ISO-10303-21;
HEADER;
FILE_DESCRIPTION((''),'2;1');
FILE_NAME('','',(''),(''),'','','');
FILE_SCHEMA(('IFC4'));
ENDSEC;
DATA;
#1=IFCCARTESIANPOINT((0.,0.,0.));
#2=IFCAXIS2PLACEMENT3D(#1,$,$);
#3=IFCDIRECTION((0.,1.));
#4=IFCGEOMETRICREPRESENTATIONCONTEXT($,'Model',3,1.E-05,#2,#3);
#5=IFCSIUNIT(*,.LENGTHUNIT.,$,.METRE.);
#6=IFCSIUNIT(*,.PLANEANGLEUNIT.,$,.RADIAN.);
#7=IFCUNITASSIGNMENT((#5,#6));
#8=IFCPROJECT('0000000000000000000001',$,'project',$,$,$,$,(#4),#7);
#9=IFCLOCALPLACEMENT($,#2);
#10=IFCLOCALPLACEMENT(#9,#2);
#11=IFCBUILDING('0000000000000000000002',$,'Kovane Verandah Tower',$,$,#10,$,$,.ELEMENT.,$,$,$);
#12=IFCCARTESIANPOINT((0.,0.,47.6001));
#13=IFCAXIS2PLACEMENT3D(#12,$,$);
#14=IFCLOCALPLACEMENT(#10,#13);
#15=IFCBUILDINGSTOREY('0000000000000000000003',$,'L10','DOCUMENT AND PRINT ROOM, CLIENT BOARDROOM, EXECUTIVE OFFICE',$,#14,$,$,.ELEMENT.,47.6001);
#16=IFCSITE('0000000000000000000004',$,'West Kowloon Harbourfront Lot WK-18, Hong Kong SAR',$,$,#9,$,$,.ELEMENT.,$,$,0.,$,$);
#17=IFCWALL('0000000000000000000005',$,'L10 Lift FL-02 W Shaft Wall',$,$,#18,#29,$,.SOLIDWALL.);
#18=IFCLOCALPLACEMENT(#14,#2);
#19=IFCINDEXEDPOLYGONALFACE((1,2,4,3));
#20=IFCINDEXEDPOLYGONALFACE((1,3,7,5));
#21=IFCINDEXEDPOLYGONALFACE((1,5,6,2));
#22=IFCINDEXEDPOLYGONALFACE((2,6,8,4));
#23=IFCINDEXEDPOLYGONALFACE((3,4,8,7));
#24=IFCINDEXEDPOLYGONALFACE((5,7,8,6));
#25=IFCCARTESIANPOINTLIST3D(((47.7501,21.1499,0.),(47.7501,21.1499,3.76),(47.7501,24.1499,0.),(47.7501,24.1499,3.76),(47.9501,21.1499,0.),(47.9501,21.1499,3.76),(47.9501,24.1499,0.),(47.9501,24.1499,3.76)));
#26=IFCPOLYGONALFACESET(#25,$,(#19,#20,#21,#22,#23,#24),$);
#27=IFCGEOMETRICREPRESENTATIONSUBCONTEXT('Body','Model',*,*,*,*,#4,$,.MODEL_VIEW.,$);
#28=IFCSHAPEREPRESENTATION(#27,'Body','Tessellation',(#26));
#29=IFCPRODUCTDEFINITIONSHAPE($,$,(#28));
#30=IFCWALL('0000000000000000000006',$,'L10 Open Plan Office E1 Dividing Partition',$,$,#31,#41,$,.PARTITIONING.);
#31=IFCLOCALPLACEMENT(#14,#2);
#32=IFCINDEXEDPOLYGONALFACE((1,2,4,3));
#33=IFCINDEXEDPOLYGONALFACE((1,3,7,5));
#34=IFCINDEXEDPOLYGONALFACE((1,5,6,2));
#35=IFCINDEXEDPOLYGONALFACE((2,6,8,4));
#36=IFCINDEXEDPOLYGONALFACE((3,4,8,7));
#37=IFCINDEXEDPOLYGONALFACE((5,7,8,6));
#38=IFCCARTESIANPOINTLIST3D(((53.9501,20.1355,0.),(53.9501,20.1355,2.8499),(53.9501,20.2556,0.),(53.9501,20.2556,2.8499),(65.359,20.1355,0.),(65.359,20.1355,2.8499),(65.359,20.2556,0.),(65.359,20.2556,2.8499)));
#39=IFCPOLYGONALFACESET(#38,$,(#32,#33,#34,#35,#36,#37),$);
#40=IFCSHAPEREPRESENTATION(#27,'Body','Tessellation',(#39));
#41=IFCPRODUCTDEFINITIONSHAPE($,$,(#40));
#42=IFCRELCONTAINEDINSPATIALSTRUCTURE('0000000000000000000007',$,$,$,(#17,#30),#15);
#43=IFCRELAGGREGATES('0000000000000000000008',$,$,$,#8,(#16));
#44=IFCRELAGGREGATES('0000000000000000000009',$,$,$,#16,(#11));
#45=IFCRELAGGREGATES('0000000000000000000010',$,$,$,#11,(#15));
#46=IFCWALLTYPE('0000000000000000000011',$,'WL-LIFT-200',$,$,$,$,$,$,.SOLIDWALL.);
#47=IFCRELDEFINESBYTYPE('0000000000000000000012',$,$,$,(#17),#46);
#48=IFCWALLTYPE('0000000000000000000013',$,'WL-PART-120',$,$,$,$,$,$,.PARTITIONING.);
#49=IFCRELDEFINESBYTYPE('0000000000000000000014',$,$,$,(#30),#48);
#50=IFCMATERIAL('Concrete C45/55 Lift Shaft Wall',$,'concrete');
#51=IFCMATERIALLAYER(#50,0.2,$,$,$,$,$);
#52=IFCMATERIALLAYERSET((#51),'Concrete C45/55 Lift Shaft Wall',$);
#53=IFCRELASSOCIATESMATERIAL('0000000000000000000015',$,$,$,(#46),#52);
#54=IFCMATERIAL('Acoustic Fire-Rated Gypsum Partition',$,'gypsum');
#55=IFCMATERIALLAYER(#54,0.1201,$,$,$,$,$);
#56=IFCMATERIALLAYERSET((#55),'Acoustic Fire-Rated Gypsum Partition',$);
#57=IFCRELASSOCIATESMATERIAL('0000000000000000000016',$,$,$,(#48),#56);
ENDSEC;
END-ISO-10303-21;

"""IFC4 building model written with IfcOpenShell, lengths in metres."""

from ifc_helpers import new_model, si_unit, direction, frame, frame_2d, origin, place, context, subcontext, project, spatial, rectangle, extrude, material, layer, layer_set, type_object, element, save


model = new_model("IFC4")

# Units and contexts
model_context = context("Model", 3, precision=1e-05, world=origin(), true_north=direction((0.0, 1.0)))
body_context = subcontext(model_context, "Body", "Model", "MODEL_VIEW")
ifc_project = project(units=[si_unit("LENGTHUNIT", "METRE"), si_unit("PLANEANGLEUNIT", "RADIAN")], contexts=[model_context])

# Site, building, storey
site_placement = place(None, origin())
site = spatial("IfcSite", under=ifc_project, at=site_placement, Name="West Kowloon Harbourfront Lot WK-18, Hong Kong SAR", CompositionType="ELEMENT", RefElevation=0.0)
building_placement = place(site_placement, origin())
building = spatial("IfcBuilding", under=site, at=building_placement, Name="Kovane Verandah Tower", CompositionType="ELEMENT")
storey_placement = place(building_placement, frame((0.0, 0.0, 47.6001)))
storey = spatial("IfcBuildingStorey", under=building, at=storey_placement, Name="L10", Description="DOCUMENT AND PRINT ROOM, CLIENT BOARDROOM, EXECUTIVE OFFICE", CompositionType="ELEMENT", Elevation=47.6001)

# Shared definitions
ifc_material_1 = material(Name="Concrete C45/55 Lift Shaft Wall", Category="concrete")
ifc_layer_1 = layer(ifc_material_1, 0.2)
ifc_layer_set_1 = layer_set([ifc_layer_1], Name="Concrete C45/55 Lift Shaft Wall")
wall_type_1 = type_object("IfcWallType", Name="WL-LIFT-200", PredefinedType="SOLIDWALL", material=ifc_layer_set_1)

# Walls
wall_1_placement = place(storey_placement, frame((47.8501, 24.1499, 0.0), z_axis=(0.0, 0.0, 1.0), x_axis=(0.0, -1.0, 0.0)))
element("IfcWall", 1, at=wall_1_placement, inside=storey, type_object=wall_type_1, Name="L10 Lift FL-02 W Shaft Wall", PredefinedType="SOLIDWALL", context=body_context, shape_type="SweptSolid", body=[
    extrude(rectangle(XDim=3.0, YDim=0.2, at=frame_2d((1.5, 0.0))), origin(), (0.0, 0.0, 1.0), 3.76),
])
ifc_material_2 = material(Name="Acoustic Fire-Rated Gypsum Partition", Category="gypsum")
ifc_layer_2 = layer(ifc_material_2, 0.1201)
ifc_layer_set_2 = layer_set([ifc_layer_2], Name="Acoustic Fire-Rated Gypsum Partition")
wall_type_2 = type_object("IfcWallType", Name="WL-PART-120", PredefinedType="PARTITIONING", material=ifc_layer_set_2)
wall_2_placement = place(storey_placement, frame((53.95, 20.1956, 0.0), z_axis=(0.0, 0.0, 1.0), x_axis=(1.0, 0.0, 0.0)))
element("IfcWall", 2, at=wall_2_placement, inside=storey, type_object=wall_type_2, Name="L10 Open Plan Office E1 Dividing Partition", PredefinedType="PARTITIONING", context=body_context, shape_type="SweptSolid", body=[
    extrude(rectangle(XDim=11.4089, YDim=0.1201, at=frame_2d((5.7046, 0.0))), origin(), (0.0, 0.0, 1.0), 2.8499),
])

save(model, "model.ifc")
